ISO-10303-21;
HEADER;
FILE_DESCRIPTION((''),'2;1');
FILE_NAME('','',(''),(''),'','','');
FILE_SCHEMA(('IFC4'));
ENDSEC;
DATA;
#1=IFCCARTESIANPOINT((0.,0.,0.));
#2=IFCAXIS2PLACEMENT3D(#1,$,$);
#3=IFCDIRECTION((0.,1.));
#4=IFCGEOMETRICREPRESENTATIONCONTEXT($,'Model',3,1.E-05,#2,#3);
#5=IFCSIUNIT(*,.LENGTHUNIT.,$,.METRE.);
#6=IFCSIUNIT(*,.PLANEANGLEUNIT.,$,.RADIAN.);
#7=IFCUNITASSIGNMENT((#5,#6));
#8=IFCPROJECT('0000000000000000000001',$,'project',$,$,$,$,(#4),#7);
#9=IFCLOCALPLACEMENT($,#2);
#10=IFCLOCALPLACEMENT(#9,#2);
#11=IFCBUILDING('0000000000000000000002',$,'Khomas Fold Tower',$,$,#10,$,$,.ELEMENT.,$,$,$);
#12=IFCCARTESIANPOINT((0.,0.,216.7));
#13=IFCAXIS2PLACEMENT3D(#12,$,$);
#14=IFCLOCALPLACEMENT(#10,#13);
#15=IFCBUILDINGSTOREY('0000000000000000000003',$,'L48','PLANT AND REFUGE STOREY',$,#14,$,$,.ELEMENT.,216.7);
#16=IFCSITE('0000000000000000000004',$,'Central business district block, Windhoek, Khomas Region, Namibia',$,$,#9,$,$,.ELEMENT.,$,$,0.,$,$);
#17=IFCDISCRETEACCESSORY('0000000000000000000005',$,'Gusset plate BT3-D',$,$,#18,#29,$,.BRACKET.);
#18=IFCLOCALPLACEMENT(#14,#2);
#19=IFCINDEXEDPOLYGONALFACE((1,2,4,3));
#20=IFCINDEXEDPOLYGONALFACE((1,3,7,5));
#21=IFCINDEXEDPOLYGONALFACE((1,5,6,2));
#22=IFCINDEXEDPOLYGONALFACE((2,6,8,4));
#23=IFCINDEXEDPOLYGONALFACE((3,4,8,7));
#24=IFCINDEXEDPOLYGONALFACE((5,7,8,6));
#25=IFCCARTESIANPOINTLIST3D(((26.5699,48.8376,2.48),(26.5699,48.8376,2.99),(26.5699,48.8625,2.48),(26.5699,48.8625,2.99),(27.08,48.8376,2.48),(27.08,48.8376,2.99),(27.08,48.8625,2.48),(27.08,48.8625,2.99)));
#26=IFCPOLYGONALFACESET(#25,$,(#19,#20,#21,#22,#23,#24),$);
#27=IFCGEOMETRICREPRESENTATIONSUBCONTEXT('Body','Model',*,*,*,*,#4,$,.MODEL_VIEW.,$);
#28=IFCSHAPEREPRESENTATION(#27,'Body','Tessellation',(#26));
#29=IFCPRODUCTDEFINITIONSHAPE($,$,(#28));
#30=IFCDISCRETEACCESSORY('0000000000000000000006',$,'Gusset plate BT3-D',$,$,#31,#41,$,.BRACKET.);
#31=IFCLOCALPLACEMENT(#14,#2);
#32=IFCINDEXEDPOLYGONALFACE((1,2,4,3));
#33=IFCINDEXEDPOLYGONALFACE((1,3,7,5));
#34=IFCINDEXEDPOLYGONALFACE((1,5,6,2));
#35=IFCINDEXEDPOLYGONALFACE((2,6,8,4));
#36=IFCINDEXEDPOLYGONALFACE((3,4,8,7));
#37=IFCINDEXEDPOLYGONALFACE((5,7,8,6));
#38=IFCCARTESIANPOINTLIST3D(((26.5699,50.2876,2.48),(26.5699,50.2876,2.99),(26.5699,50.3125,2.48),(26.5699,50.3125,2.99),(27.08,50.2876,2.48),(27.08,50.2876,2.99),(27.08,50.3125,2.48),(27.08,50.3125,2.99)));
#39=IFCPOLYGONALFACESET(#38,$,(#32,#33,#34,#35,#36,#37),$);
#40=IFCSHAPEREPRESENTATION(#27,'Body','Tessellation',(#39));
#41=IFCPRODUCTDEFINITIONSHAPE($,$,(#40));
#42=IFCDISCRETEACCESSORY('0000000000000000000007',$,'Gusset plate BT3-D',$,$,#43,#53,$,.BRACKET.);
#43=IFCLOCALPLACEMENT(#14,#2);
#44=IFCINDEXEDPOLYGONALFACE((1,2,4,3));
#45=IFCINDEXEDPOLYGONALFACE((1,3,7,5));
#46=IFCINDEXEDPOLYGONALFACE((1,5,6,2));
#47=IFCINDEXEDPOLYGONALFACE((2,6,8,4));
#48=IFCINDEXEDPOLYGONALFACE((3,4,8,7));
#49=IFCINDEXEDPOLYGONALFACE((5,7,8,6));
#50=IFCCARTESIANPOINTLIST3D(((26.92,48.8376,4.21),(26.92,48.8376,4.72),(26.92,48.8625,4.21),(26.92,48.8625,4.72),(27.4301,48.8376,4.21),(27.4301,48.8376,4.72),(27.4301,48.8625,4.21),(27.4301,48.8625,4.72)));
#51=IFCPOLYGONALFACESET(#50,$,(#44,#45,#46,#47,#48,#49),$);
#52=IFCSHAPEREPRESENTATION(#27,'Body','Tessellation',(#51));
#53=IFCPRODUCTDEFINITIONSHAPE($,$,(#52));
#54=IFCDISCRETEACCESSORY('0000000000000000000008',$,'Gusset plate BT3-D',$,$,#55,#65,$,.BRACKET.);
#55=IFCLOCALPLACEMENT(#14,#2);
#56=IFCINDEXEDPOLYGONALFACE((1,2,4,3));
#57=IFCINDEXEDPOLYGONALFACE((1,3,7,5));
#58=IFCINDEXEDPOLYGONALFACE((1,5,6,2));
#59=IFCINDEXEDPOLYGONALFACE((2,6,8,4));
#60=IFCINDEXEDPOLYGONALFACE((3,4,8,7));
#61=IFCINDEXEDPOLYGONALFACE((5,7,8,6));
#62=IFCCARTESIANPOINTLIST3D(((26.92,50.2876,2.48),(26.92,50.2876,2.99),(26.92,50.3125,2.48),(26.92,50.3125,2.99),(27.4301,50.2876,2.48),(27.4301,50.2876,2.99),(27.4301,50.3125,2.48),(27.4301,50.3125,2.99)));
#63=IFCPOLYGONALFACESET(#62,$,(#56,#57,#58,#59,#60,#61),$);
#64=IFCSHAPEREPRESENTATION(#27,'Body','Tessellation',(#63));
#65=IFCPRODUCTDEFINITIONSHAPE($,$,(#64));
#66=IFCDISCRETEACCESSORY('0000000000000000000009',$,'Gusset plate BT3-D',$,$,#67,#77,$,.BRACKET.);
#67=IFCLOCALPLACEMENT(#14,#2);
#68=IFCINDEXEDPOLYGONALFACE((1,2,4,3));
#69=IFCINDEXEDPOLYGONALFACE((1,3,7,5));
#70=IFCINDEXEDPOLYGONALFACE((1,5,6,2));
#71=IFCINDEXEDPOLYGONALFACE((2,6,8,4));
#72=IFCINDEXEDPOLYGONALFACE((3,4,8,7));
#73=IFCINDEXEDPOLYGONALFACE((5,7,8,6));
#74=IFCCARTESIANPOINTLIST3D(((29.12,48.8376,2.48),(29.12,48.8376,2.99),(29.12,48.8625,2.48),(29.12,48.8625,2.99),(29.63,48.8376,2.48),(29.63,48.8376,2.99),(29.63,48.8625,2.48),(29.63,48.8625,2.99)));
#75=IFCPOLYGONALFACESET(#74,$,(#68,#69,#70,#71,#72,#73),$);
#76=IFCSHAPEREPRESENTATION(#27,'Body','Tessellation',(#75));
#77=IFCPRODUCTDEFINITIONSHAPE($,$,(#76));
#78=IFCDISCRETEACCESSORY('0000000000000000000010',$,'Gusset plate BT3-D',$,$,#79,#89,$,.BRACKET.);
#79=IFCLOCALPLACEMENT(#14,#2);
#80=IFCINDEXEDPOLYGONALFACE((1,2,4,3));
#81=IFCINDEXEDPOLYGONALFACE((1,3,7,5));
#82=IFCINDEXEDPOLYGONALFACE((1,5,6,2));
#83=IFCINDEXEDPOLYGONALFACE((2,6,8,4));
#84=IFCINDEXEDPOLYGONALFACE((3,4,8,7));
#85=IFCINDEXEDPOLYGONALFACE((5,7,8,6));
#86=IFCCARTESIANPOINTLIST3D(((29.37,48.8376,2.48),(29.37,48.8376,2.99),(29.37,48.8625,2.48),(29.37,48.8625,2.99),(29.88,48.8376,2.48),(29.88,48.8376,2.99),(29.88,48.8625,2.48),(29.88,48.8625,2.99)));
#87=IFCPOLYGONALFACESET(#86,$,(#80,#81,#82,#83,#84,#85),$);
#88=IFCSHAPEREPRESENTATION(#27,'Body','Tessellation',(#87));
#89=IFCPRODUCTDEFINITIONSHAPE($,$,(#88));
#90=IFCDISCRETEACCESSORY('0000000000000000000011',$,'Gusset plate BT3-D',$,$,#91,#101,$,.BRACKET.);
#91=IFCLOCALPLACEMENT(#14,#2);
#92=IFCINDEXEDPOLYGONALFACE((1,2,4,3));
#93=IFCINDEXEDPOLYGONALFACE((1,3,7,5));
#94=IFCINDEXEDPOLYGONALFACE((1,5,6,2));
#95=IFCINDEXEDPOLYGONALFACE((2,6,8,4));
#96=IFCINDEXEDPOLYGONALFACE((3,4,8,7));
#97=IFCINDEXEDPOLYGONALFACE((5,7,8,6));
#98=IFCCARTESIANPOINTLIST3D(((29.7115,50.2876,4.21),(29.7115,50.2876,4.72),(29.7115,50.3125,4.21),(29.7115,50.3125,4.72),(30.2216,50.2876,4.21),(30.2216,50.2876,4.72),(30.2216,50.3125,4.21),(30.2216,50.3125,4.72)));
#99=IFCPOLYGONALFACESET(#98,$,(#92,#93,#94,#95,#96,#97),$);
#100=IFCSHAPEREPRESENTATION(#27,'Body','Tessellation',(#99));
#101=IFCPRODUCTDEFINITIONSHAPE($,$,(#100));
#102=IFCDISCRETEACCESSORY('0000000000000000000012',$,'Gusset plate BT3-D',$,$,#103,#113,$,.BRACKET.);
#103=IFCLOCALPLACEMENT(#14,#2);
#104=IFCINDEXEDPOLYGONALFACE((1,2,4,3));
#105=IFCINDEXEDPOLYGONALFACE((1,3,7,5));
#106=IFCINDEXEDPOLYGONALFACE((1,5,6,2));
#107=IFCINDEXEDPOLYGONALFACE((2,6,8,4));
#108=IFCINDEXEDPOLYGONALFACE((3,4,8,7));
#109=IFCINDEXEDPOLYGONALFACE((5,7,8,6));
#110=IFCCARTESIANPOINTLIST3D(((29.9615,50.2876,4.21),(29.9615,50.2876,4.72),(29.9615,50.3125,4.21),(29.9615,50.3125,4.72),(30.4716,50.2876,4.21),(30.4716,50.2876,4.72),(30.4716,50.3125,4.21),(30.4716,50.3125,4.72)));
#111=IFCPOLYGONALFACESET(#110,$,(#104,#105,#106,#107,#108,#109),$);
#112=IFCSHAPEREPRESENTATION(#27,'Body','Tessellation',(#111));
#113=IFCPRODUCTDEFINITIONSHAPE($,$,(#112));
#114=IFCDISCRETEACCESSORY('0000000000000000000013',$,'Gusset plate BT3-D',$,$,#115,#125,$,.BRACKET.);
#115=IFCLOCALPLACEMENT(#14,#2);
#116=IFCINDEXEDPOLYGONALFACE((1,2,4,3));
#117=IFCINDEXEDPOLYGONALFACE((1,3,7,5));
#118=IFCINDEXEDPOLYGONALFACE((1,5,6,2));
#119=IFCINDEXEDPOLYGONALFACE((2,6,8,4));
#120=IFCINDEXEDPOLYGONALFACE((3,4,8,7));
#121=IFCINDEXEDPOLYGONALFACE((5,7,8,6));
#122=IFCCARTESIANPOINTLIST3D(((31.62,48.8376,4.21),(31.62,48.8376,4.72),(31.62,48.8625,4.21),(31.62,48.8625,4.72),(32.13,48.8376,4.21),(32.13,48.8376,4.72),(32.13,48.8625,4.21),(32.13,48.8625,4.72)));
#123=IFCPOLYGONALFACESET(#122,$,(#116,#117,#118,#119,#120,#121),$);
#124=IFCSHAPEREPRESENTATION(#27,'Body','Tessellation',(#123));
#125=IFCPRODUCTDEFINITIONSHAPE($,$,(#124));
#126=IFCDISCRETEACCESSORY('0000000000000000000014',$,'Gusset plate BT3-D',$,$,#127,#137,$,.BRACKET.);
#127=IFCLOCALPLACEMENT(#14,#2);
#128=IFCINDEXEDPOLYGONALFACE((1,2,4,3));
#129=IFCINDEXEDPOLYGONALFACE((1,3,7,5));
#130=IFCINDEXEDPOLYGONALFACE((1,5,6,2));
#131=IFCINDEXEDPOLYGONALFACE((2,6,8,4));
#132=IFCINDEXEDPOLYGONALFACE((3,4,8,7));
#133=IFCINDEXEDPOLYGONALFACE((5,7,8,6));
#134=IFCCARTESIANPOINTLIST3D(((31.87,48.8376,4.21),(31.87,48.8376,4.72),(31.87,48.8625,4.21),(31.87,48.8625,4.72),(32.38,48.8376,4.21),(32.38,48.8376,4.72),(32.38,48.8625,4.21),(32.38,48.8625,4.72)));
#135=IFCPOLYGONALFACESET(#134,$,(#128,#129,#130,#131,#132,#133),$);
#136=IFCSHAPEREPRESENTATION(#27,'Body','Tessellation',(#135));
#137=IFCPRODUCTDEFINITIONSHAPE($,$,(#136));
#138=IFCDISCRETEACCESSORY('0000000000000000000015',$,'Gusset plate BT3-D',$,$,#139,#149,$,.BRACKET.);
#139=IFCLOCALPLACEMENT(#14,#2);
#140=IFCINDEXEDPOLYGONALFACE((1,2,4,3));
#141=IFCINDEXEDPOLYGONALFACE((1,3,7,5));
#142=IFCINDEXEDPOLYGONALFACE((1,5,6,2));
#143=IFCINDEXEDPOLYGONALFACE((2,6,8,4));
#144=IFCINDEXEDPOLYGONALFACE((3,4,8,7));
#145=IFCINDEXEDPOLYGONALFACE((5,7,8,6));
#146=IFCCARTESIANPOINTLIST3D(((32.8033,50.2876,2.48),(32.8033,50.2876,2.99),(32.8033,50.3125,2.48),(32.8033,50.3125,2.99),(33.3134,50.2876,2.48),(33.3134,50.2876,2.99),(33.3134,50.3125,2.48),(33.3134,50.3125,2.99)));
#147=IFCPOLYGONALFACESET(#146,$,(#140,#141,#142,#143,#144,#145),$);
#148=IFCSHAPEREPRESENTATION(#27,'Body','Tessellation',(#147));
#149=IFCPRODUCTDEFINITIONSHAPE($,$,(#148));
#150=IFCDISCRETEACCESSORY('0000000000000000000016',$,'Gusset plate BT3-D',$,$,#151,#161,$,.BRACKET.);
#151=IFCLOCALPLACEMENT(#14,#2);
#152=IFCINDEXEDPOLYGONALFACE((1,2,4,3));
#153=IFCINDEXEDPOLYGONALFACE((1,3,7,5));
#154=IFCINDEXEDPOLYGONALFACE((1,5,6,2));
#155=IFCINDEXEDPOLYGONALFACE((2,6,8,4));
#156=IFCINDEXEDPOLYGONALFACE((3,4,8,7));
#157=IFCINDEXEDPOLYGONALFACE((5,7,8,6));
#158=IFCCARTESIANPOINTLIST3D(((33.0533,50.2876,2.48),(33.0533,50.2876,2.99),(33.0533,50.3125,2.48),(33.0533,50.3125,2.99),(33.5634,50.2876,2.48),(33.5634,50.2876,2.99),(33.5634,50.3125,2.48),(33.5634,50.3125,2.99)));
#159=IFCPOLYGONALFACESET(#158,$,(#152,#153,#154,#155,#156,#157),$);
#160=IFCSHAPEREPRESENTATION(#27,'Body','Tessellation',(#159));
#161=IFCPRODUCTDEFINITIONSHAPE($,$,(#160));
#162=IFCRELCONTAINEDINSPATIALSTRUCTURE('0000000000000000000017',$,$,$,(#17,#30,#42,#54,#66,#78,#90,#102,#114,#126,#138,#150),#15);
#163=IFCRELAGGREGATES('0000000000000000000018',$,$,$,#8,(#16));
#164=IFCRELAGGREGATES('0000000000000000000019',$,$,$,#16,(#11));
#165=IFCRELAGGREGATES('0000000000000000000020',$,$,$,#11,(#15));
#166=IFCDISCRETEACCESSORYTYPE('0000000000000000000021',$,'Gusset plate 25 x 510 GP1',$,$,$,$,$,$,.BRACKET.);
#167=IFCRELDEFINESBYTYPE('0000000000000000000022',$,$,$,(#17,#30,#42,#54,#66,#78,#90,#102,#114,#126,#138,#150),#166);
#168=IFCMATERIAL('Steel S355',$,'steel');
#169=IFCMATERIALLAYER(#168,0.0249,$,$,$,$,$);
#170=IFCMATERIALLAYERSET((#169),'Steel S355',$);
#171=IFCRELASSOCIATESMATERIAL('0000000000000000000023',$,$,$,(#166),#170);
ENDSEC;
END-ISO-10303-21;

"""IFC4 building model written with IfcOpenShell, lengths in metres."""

from ifc_helpers import new_model, si_unit, direction, frame, origin, origin_2d, place, context, subcontext, project, spatial, rectangle, extrude, source, transform, mapped, material, layer, layer_set, type_object, element, save


model = new_model("IFC4")

# Units and contexts
model_context = context("Model", 3, precision=1e-05, world=origin(), true_north=direction((0.0, 1.0)))
body_context = subcontext(model_context, "Body", "Model", "MODEL_VIEW")
ifc_project = project(units=[si_unit("LENGTHUNIT", "METRE"), si_unit("PLANEANGLEUNIT", "RADIAN")], contexts=[model_context])

# Site, building, storey
site_placement = place(None, origin())
site = spatial("IfcSite", under=ifc_project, at=site_placement, Name="Central business district block, Windhoek, Khomas Region, Namibia", CompositionType="ELEMENT", RefElevation=0.0)
building_placement = place(site_placement, origin())
building = spatial("IfcBuilding", under=site, at=building_placement, Name="Khomas Fold Tower", CompositionType="ELEMENT")
storey_placement = place(building_placement, frame((0.0, 0.0, 216.7)))
storey = spatial("IfcBuildingStorey", under=building, at=storey_placement, Name="L48", Description="PLANT AND REFUGE STOREY", CompositionType="ELEMENT", Elevation=216.7)

# Discrete accessories
ifc_material_1 = material(Name="Steel S355", Category="steel")
ifc_layer = layer(ifc_material_1, 0.0249)
ifc_layer_set = layer_set([ifc_layer], Name="Steel S355")
discrete_accessory_type = type_object("IfcDiscreteAccessoryType", Name="Gusset plate 25 x 510 GP1", PredefinedType="BRACKET", material=ifc_layer_set)
shared_shape_1 = source(origin(), body_context, "Body", "SweptSolid", [
    extrude(rectangle(XDim=0.51, YDim=0.0249, at=origin_2d()), origin(), (0.0, 0.0, 1.0), 0.51),
])
for number, where, z_axis, x_axis, name in (
    (1, (26.825, 48.8501, 2.48), (0.0, 0.0, 1.0), (1.0, 0.0, 0.0), "Gusset plate BT3-D"),
    (2, (26.825, 50.3, 2.48), (0.0, 0.0, 1.0), (1.0, 0.0, 0.0), "Gusset plate BT3-D"),
    (3, (27.175, 48.8501, 4.21), (0.0, 0.0, 1.0), (1.0, 0.0, 0.0), "Gusset plate BT3-D"),
    (4, (27.175, 50.3, 2.48), (0.0, 0.0, 1.0), (1.0, 0.0, 0.0), "Gusset plate BT3-D"),
    (5, (29.375, 48.8501, 2.48), (0.0, 0.0, 1.0), (1.0, 0.0, 0.0), "Gusset plate BT3-D"),
    (6, (29.625, 48.8501, 2.48), (0.0, 0.0, 1.0), (1.0, 0.0, 0.0), "Gusset plate BT3-D"),
    (7, (29.9666, 50.3, 4.21), (0.0, 0.0, 1.0), (1.0, 0.0, 0.0), "Gusset plate BT3-D"),
    (8, (30.2166, 50.3, 4.21), (0.0, 0.0, 1.0), (1.0, 0.0, 0.0), "Gusset plate BT3-D"),
    (9, (31.875, 48.8501, 4.21), (0.0, 0.0, 1.0), (1.0, 0.0, 0.0), "Gusset plate BT3-D"),
    (10, (32.125, 48.8501, 4.21), (0.0, 0.0, 1.0), (1.0, 0.0, 0.0), "Gusset plate BT3-D"),
    (11, (33.0583, 50.3, 2.48), (0.0, 0.0, 1.0), (1.0, 0.0, 0.0), "Gusset plate BT3-D"),
    (12, (33.3083, 50.3, 2.48), (0.0, 0.0, 1.0), (1.0, 0.0, 0.0), "Gusset plate BT3-D"),
):
    element("IfcDiscreteAccessory", number, at=place(storey_placement, frame(where, z_axis=z_axis, x_axis=x_axis)), inside=storey, type_object=discrete_accessory_type, Name=name, PredefinedType="BRACKET", context=body_context, shape_type="MappedRepresentation", body=[
        mapped(shared_shape_1, transform((0.0, 0.0, 0.0))),
    ])

save(model, "model.ifc")
